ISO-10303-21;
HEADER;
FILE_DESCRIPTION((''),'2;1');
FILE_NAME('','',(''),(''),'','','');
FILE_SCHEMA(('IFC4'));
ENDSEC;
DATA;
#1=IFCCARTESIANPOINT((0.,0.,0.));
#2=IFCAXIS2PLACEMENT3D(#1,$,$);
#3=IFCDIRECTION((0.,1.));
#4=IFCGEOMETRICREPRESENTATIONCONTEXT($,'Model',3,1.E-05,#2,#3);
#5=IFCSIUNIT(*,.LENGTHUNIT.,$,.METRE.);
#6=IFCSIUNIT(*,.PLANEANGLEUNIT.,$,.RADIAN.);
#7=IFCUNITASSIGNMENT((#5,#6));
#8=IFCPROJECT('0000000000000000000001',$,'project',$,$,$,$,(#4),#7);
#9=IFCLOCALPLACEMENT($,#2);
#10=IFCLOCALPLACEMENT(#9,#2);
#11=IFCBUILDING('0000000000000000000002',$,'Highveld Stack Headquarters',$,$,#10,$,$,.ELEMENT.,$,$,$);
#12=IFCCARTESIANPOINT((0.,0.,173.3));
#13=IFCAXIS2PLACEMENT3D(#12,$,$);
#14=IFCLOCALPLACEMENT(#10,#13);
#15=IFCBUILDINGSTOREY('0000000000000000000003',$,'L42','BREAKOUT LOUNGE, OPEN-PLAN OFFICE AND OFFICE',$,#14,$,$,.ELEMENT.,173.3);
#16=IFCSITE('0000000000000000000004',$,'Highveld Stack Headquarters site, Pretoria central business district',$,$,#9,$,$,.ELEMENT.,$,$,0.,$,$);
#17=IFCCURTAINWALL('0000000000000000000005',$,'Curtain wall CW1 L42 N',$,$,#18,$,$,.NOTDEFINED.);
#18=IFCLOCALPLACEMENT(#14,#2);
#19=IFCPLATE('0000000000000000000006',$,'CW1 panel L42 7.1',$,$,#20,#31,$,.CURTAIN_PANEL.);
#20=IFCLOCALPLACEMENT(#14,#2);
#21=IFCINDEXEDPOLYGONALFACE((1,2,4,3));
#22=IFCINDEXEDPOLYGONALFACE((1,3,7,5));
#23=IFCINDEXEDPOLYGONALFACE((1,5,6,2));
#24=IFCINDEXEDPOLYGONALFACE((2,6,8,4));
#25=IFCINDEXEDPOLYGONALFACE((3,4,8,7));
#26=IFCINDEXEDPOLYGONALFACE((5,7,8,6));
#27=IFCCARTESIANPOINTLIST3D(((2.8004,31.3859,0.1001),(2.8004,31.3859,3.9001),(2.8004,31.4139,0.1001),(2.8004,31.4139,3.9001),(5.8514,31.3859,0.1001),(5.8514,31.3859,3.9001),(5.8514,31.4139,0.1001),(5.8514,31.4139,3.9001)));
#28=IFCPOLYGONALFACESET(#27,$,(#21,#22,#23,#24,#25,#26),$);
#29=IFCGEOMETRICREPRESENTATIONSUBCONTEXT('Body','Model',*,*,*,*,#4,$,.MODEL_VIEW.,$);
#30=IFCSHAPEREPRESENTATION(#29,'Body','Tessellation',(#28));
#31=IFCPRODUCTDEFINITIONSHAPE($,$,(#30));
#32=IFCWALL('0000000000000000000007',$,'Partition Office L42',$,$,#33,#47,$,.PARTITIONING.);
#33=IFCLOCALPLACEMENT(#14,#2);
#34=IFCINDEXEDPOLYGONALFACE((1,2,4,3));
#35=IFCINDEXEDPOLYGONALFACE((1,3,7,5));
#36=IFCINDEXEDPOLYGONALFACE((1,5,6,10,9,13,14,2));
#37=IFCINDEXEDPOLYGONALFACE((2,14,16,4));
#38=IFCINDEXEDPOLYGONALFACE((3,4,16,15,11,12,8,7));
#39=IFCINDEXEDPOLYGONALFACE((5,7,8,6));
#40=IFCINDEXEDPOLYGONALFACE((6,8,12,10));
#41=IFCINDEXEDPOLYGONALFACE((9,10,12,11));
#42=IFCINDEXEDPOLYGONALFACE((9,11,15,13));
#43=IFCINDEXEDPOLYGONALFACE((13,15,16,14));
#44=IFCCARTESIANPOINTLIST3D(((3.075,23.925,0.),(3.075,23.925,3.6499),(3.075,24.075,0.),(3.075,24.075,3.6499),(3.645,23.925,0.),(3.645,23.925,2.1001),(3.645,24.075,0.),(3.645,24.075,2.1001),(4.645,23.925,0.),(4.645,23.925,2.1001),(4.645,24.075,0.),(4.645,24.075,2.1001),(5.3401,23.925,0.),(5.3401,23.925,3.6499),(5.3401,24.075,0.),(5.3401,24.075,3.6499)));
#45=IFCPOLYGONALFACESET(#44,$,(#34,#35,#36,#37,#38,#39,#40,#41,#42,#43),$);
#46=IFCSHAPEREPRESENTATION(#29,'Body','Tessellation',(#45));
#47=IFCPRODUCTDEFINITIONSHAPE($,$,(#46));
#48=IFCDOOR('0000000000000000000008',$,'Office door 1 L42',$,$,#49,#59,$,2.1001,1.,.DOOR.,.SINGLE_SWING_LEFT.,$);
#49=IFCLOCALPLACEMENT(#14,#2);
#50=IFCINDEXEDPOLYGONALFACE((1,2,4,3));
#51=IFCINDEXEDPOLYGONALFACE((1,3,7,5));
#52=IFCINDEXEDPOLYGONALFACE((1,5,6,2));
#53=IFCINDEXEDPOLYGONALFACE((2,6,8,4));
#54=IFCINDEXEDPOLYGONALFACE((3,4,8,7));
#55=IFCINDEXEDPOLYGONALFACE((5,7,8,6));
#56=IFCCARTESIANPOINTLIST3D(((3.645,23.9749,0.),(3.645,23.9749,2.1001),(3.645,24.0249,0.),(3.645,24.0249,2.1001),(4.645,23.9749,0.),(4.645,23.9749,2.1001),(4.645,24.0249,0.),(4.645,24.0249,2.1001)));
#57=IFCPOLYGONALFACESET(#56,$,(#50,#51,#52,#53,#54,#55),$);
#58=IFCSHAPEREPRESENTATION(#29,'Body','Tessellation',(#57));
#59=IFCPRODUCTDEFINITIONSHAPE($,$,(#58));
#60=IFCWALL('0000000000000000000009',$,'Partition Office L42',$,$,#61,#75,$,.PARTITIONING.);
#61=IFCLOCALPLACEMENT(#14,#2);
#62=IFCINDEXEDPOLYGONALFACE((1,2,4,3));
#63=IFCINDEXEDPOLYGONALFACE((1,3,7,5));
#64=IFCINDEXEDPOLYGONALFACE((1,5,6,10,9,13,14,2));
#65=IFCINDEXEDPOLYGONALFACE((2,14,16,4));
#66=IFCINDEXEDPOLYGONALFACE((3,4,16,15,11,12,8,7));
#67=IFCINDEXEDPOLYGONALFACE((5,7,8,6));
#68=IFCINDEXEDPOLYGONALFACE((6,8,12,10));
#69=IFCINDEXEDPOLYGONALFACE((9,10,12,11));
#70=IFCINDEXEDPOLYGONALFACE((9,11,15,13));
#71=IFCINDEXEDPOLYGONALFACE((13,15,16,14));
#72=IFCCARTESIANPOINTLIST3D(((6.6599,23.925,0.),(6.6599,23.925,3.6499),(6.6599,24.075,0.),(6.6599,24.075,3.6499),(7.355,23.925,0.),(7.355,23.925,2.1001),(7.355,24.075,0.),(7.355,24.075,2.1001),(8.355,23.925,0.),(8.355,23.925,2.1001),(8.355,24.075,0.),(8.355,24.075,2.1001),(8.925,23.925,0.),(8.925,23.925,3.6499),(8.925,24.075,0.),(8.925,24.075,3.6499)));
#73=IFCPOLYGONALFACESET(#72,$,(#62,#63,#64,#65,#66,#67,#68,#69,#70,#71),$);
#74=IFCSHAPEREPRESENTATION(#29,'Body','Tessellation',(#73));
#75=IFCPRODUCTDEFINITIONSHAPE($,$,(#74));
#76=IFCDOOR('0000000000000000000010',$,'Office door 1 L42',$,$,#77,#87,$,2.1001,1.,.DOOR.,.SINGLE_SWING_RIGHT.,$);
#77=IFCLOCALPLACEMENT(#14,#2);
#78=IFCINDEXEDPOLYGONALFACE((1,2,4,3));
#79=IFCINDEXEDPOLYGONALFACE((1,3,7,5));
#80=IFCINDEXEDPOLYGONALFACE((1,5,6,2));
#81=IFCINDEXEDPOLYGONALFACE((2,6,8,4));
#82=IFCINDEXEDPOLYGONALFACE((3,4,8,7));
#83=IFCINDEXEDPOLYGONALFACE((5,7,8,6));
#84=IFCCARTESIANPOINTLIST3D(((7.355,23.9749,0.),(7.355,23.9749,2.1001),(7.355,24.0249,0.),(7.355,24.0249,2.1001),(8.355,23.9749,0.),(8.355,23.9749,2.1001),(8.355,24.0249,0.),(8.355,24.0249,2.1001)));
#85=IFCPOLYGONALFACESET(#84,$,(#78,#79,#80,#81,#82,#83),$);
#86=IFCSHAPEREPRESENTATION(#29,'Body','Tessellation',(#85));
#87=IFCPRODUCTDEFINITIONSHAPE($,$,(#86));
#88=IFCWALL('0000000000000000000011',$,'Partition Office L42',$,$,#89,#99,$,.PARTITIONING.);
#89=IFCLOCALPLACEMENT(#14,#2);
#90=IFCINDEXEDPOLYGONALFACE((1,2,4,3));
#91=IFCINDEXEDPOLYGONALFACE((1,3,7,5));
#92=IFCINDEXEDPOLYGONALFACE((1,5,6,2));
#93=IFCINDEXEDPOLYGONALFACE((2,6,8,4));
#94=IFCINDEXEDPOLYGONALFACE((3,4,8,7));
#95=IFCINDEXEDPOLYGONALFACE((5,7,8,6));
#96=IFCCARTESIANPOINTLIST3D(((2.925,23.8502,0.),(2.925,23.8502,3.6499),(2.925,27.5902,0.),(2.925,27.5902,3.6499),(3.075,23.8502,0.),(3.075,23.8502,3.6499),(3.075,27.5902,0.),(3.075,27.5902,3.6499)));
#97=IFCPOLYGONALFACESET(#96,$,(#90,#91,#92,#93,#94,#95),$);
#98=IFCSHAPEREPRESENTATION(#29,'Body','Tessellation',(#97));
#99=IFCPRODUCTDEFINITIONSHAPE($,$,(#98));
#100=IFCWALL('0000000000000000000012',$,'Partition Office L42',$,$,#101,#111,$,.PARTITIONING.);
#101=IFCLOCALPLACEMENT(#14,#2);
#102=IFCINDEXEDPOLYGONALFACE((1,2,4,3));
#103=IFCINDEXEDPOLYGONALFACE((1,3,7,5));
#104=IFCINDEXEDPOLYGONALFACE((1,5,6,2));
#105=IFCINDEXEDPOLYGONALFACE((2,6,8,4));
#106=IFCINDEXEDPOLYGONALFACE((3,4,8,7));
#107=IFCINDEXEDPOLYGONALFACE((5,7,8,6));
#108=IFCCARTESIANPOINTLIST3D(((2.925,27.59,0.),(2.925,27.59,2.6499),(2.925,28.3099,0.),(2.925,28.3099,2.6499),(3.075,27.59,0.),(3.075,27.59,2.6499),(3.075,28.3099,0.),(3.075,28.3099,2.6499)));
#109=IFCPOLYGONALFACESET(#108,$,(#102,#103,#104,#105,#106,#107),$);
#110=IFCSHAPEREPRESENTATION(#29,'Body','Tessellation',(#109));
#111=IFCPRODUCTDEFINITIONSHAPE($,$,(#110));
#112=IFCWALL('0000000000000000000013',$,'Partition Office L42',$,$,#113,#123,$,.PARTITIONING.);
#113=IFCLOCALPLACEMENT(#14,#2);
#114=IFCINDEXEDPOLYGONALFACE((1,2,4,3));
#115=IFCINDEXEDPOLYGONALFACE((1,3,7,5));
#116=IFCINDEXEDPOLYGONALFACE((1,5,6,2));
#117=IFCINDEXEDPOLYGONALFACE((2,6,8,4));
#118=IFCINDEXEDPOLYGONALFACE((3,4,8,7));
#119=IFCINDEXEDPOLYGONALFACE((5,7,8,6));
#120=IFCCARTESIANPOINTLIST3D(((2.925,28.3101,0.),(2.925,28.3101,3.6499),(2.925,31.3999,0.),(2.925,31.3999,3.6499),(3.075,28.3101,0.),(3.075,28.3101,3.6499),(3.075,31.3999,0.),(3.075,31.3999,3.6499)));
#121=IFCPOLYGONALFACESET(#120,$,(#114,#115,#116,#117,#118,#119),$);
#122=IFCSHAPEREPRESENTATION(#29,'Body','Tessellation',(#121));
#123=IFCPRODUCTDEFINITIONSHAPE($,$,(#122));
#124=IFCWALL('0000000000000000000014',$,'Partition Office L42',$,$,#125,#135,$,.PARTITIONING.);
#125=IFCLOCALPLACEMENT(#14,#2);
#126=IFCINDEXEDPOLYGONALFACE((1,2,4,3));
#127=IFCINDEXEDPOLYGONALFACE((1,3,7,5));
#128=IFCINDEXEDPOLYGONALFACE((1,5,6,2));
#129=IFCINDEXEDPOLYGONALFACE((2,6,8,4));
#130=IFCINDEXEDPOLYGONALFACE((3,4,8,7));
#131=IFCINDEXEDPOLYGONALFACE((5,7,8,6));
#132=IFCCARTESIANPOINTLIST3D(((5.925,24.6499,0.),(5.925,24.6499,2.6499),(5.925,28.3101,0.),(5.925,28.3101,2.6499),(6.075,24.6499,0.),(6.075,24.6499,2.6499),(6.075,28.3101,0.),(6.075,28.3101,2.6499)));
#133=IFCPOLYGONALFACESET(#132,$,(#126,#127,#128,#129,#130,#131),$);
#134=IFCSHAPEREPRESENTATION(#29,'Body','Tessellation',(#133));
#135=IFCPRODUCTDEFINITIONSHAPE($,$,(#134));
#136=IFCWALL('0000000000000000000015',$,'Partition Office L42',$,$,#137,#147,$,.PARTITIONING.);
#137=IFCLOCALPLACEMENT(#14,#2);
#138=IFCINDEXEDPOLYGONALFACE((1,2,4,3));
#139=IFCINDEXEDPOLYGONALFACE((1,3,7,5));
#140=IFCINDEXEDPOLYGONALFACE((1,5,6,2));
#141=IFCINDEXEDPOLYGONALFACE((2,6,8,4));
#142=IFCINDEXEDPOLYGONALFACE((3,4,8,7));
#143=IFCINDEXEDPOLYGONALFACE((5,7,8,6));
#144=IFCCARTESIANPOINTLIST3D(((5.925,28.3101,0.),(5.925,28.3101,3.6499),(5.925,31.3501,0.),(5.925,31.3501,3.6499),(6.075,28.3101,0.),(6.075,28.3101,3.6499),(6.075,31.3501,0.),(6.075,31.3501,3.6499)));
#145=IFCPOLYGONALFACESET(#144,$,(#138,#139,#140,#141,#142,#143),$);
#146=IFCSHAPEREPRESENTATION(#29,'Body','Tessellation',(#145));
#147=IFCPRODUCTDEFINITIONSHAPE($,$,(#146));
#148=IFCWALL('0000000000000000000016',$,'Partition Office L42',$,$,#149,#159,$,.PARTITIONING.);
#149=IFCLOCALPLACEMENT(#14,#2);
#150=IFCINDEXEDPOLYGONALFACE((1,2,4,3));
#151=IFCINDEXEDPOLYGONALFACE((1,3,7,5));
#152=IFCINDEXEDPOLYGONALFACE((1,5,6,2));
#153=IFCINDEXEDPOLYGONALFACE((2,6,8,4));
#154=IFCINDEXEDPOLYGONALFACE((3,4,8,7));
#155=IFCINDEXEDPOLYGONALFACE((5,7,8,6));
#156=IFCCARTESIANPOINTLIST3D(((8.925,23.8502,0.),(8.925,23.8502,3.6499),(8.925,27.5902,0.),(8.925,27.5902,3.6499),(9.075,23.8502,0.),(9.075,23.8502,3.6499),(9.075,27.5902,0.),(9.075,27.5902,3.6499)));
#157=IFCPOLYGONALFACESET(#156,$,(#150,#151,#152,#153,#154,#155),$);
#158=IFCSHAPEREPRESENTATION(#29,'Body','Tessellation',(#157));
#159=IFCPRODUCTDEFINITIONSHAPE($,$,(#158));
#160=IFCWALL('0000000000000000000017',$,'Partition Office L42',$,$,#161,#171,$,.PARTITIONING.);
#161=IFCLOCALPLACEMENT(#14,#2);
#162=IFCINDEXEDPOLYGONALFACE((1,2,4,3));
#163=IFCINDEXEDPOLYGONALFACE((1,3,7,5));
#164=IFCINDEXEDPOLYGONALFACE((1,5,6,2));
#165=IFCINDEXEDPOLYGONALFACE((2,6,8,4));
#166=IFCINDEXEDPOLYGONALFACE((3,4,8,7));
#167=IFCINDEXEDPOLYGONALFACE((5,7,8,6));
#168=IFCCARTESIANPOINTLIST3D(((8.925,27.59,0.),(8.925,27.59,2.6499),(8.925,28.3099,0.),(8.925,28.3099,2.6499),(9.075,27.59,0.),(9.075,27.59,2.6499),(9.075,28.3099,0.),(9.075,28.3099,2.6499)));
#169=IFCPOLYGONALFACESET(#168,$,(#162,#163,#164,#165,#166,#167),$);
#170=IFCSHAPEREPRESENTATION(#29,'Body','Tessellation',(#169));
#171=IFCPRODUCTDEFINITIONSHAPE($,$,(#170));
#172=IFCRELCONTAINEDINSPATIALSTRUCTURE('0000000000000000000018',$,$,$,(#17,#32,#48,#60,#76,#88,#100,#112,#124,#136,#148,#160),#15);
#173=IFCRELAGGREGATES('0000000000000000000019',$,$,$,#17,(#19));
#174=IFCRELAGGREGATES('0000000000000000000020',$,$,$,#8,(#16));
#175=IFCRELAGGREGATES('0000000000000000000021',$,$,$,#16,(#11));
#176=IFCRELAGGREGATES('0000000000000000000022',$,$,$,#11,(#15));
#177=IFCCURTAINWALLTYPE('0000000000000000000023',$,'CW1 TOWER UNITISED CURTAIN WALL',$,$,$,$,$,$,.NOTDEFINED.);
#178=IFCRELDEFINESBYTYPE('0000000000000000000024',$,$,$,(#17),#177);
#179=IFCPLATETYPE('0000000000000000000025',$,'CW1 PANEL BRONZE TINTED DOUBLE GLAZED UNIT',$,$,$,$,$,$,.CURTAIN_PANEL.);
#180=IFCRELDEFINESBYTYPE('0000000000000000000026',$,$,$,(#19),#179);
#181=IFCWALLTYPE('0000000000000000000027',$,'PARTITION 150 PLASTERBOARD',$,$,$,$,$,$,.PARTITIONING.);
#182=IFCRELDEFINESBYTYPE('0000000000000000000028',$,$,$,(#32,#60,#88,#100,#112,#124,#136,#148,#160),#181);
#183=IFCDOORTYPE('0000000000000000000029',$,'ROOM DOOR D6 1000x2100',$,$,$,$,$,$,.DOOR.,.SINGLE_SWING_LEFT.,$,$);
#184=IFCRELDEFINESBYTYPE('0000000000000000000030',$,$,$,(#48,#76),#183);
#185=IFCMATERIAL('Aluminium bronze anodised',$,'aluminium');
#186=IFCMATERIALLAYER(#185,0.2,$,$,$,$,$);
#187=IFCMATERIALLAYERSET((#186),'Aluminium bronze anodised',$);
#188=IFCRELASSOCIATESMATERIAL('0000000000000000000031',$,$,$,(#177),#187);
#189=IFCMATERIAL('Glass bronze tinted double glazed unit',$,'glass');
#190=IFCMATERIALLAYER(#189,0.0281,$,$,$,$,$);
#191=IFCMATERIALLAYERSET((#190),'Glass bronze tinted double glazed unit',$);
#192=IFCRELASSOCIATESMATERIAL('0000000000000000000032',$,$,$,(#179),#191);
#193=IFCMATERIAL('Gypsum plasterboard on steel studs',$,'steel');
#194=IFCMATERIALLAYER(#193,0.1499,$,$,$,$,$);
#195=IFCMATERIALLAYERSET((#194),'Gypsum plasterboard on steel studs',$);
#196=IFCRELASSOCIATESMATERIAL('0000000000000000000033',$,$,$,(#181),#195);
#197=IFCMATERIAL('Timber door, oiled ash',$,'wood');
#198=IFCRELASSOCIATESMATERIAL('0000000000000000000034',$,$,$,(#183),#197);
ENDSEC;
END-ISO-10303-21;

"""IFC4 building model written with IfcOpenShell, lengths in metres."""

from ifc_helpers import new_model, si_unit, direction, frame, frame_2d, origin, origin_2d, place, context, subcontext, project, spatial, rectangle, extrude, material, layer, layer_set, type_object, element, fill, aggregate, save


model = new_model("IFC4")

# Units and contexts
model_context = context("Model", 3, precision=1e-05, world=origin(), true_north=direction((0.0, 1.0)))
body_context = subcontext(model_context, "Body", "Model", "MODEL_VIEW")
ifc_project = project(units=[si_unit("LENGTHUNIT", "METRE"), si_unit("PLANEANGLEUNIT", "RADIAN")], contexts=[model_context])

# Site, building, storey
site_placement = place(None, origin())
site = spatial("IfcSite", under=ifc_project, at=site_placement, Name="Highveld Stack Headquarters site, Pretoria central business district", CompositionType="ELEMENT", RefElevation=0.0)
building_placement = place(site_placement, origin())
building = spatial("IfcBuilding", under=site, at=building_placement, Name="Highveld Stack Headquarters", CompositionType="ELEMENT")
storey_placement = place(building_placement, frame((0.0, 0.0, 173.3)))
storey = spatial("IfcBuildingStorey", under=building, at=storey_placement, Name="L42", Description="BREAKOUT LOUNGE, OPEN-PLAN OFFICE AND OFFICE", CompositionType="ELEMENT", Elevation=173.3)

# Curtain wall
ifc_material_1 = material(Name="Aluminium bronze anodised", Category="aluminium")
ifc_layer_1 = layer(ifc_material_1, 0.2)
ifc_layer_set_1 = layer_set([ifc_layer_1], Name="Aluminium bronze anodised")
curtain_wall_type = type_object("IfcCurtainWallType", Name="CW1 TOWER UNITISED CURTAIN WALL", PredefinedType="NOTDEFINED", material=ifc_layer_set_1)
curtain_wall_placement = place(storey_placement, origin())
curtain_wall = element("IfcCurtainWall", 1, at=curtain_wall_placement, inside=storey, type_object=curtain_wall_type, Name="Curtain wall CW1 L42 N", PredefinedType="NOTDEFINED")

# Plate
ifc_material_2 = material(Name="Glass bronze tinted double glazed unit", Category="glass")
ifc_layer_2 = layer(ifc_material_2, 0.0281)
ifc_layer_set_2 = layer_set([ifc_layer_2], Name="Glass bronze tinted double glazed unit")
plate_type = type_object("IfcPlateType", Name="CW1 PANEL BRONZE TINTED DOUBLE GLAZED UNIT", PredefinedType="CURTAIN_PANEL", material=ifc_layer_set_2)
plate_1_placement = place(storey_placement, frame((4.3259, 31.3999, 0.1001), z_axis=(0.0, 0.0, 1.0), x_axis=(-1.0, 0.0, 0.0)))
plate_1 = element("IfcPlate", 2, at=plate_1_placement, type_object=plate_type, Name="CW1 panel L42 7.1", PredefinedType="CURTAIN_PANEL", context=body_context, shape_type="SweptSolid", body=[
    extrude(rectangle(XDim=3.051, YDim=0.0281, at=origin_2d()), origin(), (0.0, 0.0, 1.0), 3.8),
])
aggregate(curtain_wall, [plate_1])

# Walls, openings, doors
ifc_material_3 = material(Name="Gypsum plasterboard on steel studs", Category="steel")
ifc_layer_3 = layer(ifc_material_3, 0.1499)
ifc_layer_set_3 = layer_set([ifc_layer_3], Name="Gypsum plasterboard on steel studs")
wall_type = type_object("IfcWallType", Name="PARTITION 150 PLASTERBOARD", PredefinedType="PARTITIONING", material=ifc_layer_set_3)
wall_1_placement = place(storey_placement, frame((3.075, 24.0, 0.0), z_axis=(0.0, 0.0, 1.0), x_axis=(1.0, 0.0, 0.0)))
wall_1 = element("IfcWall", 3, at=wall_1_placement, inside=storey, type_object=wall_type, Name="Partition Office L42", PredefinedType="PARTITIONING", context=body_context, shape_type="SweptSolid", body=[
    extrude(rectangle(XDim=2.2651, YDim=0.1499, at=frame_2d((1.1326, 0.0))), origin(), (0.0, 0.0, 1.0), 3.6499),
])
opening_1_placement = place(wall_1_placement, frame((0.5701, 0.0, 0.0)))
opening_1 = element("IfcOpeningElement", 4, at=opening_1_placement, cuts=wall_1, PredefinedType="OPENING", context=body_context, shape_type="SweptSolid", body=[
    extrude(rectangle(XDim=1.0, YDim=2.1001, at=frame_2d((0.5, 1.05))), frame((0.0, 0.085, 0.0), z_axis=(0.0, -1.0, 0.0), x_axis=(1.0, 0.0, 0.0)), (0.0, 0.0, 1.0), 0.1699),
])
ifc_material_4 = material(Name="Timber door, oiled ash", Category="wood")
door_type = type_object("IfcDoorType", Name="ROOM DOOR D6 1000x2100", OperationType="SINGLE_SWING_LEFT", PredefinedType="DOOR", material=ifc_material_4)
door_1_placement = place(opening_1_placement, origin())
door_1 = element("IfcDoor", 5, at=door_1_placement, inside=storey, type_object=door_type, Name="Office door 1 L42", OperationType="SINGLE_SWING_LEFT", OverallHeight=2.1001, OverallWidth=1.0, PredefinedType="DOOR", context=body_context, shape_type="SweptSolid", body=[
    extrude(rectangle(XDim=1.0, YDim=2.1001, at=frame_2d((0.5, 1.05))), frame((0.0, 0.0249, 0.0), z_axis=(0.0, -1.0, 0.0), x_axis=(1.0, 0.0, 0.0)), (0.0, 0.0, 1.0), 0.05),
])
fill(opening_1, door_1)
wall_2_placement = place(storey_placement, frame((6.6599, 24.0, 0.0), z_axis=(0.0, 0.0, 1.0), x_axis=(1.0, 0.0, 0.0)))
wall_2 = element("IfcWall", 6, at=wall_2_placement, inside=storey, type_object=wall_type, Name="Partition Office L42", PredefinedType="PARTITIONING", context=body_context, shape_type="SweptSolid", body=[
    extrude(rectangle(XDim=2.2651, YDim=0.1499, at=frame_2d((1.1326, 0.0))), origin(), (0.0, 0.0, 1.0), 3.6499),
])
opening_2_placement = place(wall_2_placement, frame((0.6951, 0.0, 0.0)))
opening_2 = element("IfcOpeningElement", 7, at=opening_2_placement, cuts=wall_2, PredefinedType="OPENING", context=body_context, shape_type="SweptSolid", body=[
    extrude(rectangle(XDim=1.0, YDim=2.1001, at=frame_2d((0.5, 1.05))), frame((0.0, 0.085, 0.0), z_axis=(0.0, -1.0, 0.0), x_axis=(1.0, 0.0, 0.0)), (0.0, 0.0, 1.0), 0.1699),
])
door_2_placement = place(opening_2_placement, origin())
door_2 = element("IfcDoor", 8, at=door_2_placement, inside=storey, type_object=door_type, Name="Office door 1 L42", OperationType="SINGLE_SWING_RIGHT", OverallHeight=2.1001, OverallWidth=1.0, PredefinedType="DOOR", context=body_context, shape_type="SweptSolid", body=[
    extrude(rectangle(XDim=1.0, YDim=2.1001, at=frame_2d((0.5, 1.05))), frame((0.0, 0.0249, 0.0), z_axis=(0.0, -1.0, 0.0), x_axis=(1.0, 0.0, 0.0)), (0.0, 0.0, 1.0), 0.05),
])
fill(opening_2, door_2)

# Walls
wall_3_placement = place(storey_placement, frame((3.0, 23.8501, 0.0), z_axis=(0.0, 0.0, 1.0), x_axis=(0.0, 1.0, 0.0)))
element("IfcWall", 9, at=wall_3_placement, inside=storey, type_object=wall_type, Name="Partition Office L42", PredefinedType="PARTITIONING", context=body_context, shape_type="SweptSolid", body=[
    extrude(rectangle(XDim=3.74, YDim=0.1499, at=frame_2d((1.8701, 0.0))), origin(), (0.0, 0.0, 1.0), 3.6499),
])
wall_4_placement = place(storey_placement, frame((3.0, 27.5901, 0.0), z_axis=(0.0, 0.0, 1.0), x_axis=(0.0, 1.0, 0.0)))
element("IfcWall", 10, at=wall_4_placement, inside=storey, type_object=wall_type, Name="Partition Office L42", PredefinedType="PARTITIONING", context=body_context, shape_type="SweptSolid", body=[
    extrude(rectangle(XDim=0.72, YDim=0.1499, at=frame_2d((0.3599, 0.0))), origin(), (0.0, 0.0, 1.0), 2.6499),
])
wall_5_placement = place(storey_placement, frame((3.0, 28.3101, 0.0), z_axis=(0.0, 0.0, 1.0), x_axis=(0.0, 1.0, 0.0)))
element("IfcWall", 11, at=wall_5_placement, inside=storey, type_object=wall_type, Name="Partition Office L42", PredefinedType="PARTITIONING", context=body_context, shape_type="SweptSolid", body=[
    extrude(rectangle(XDim=3.0898, YDim=0.1499, at=frame_2d((1.5449, 0.0))), origin(), (0.0, 0.0, 1.0), 3.6499),
])
wall_6_placement = place(storey_placement, frame((6.0, 24.6499, 0.0), z_axis=(0.0, 0.0, 1.0), x_axis=(0.0, 1.0, 0.0)))
element("IfcWall", 12, at=wall_6_placement, inside=storey, type_object=wall_type, Name="Partition Office L42", PredefinedType="PARTITIONING", context=body_context, shape_type="SweptSolid", body=[
    extrude(rectangle(XDim=3.6602, YDim=0.1499, at=frame_2d((1.8301, 0.0))), origin(), (0.0, 0.0, 1.0), 2.6499),
])
wall_7_placement = place(storey_placement, frame((6.0, 28.3101, 0.0), z_axis=(0.0, 0.0, 1.0), x_axis=(0.0, 1.0, 0.0)))
element("IfcWall", 13, at=wall_7_placement, inside=storey, type_object=wall_type, Name="Partition Office L42", PredefinedType="PARTITIONING", context=body_context, shape_type="SweptSolid", body=[
    extrude(rectangle(XDim=3.04, YDim=0.1499, at=frame_2d((1.52, 0.0))), origin(), (0.0, 0.0, 1.0), 3.6499),
])
wall_8_placement = place(storey_placement, frame((9.0, 23.8501, 0.0), z_axis=(0.0, 0.0, 1.0), x_axis=(0.0, 1.0, 0.0)))
element("IfcWall", 14, at=wall_8_placement, inside=storey, type_object=wall_type, Name="Partition Office L42", PredefinedType="PARTITIONING", context=body_context, shape_type="SweptSolid", body=[
    extrude(rectangle(XDim=3.74, YDim=0.1499, at=frame_2d((1.8701, 0.0))), origin(), (0.0, 0.0, 1.0), 3.6499),
])
wall_9_placement = place(storey_placement, frame((9.0, 27.5901, 0.0), z_axis=(0.0, 0.0, 1.0), x_axis=(0.0, 1.0, 0.0)))
element("IfcWall", 15, at=wall_9_placement, inside=storey, type_object=wall_type, Name="Partition Office L42", PredefinedType="PARTITIONING", context=body_context, shape_type="SweptSolid", body=[
    extrude(rectangle(XDim=0.72, YDim=0.1499, at=frame_2d((0.3599, 0.0))), origin(), (0.0, 0.0, 1.0), 2.6499),
])

save(model, "model.ifc")
